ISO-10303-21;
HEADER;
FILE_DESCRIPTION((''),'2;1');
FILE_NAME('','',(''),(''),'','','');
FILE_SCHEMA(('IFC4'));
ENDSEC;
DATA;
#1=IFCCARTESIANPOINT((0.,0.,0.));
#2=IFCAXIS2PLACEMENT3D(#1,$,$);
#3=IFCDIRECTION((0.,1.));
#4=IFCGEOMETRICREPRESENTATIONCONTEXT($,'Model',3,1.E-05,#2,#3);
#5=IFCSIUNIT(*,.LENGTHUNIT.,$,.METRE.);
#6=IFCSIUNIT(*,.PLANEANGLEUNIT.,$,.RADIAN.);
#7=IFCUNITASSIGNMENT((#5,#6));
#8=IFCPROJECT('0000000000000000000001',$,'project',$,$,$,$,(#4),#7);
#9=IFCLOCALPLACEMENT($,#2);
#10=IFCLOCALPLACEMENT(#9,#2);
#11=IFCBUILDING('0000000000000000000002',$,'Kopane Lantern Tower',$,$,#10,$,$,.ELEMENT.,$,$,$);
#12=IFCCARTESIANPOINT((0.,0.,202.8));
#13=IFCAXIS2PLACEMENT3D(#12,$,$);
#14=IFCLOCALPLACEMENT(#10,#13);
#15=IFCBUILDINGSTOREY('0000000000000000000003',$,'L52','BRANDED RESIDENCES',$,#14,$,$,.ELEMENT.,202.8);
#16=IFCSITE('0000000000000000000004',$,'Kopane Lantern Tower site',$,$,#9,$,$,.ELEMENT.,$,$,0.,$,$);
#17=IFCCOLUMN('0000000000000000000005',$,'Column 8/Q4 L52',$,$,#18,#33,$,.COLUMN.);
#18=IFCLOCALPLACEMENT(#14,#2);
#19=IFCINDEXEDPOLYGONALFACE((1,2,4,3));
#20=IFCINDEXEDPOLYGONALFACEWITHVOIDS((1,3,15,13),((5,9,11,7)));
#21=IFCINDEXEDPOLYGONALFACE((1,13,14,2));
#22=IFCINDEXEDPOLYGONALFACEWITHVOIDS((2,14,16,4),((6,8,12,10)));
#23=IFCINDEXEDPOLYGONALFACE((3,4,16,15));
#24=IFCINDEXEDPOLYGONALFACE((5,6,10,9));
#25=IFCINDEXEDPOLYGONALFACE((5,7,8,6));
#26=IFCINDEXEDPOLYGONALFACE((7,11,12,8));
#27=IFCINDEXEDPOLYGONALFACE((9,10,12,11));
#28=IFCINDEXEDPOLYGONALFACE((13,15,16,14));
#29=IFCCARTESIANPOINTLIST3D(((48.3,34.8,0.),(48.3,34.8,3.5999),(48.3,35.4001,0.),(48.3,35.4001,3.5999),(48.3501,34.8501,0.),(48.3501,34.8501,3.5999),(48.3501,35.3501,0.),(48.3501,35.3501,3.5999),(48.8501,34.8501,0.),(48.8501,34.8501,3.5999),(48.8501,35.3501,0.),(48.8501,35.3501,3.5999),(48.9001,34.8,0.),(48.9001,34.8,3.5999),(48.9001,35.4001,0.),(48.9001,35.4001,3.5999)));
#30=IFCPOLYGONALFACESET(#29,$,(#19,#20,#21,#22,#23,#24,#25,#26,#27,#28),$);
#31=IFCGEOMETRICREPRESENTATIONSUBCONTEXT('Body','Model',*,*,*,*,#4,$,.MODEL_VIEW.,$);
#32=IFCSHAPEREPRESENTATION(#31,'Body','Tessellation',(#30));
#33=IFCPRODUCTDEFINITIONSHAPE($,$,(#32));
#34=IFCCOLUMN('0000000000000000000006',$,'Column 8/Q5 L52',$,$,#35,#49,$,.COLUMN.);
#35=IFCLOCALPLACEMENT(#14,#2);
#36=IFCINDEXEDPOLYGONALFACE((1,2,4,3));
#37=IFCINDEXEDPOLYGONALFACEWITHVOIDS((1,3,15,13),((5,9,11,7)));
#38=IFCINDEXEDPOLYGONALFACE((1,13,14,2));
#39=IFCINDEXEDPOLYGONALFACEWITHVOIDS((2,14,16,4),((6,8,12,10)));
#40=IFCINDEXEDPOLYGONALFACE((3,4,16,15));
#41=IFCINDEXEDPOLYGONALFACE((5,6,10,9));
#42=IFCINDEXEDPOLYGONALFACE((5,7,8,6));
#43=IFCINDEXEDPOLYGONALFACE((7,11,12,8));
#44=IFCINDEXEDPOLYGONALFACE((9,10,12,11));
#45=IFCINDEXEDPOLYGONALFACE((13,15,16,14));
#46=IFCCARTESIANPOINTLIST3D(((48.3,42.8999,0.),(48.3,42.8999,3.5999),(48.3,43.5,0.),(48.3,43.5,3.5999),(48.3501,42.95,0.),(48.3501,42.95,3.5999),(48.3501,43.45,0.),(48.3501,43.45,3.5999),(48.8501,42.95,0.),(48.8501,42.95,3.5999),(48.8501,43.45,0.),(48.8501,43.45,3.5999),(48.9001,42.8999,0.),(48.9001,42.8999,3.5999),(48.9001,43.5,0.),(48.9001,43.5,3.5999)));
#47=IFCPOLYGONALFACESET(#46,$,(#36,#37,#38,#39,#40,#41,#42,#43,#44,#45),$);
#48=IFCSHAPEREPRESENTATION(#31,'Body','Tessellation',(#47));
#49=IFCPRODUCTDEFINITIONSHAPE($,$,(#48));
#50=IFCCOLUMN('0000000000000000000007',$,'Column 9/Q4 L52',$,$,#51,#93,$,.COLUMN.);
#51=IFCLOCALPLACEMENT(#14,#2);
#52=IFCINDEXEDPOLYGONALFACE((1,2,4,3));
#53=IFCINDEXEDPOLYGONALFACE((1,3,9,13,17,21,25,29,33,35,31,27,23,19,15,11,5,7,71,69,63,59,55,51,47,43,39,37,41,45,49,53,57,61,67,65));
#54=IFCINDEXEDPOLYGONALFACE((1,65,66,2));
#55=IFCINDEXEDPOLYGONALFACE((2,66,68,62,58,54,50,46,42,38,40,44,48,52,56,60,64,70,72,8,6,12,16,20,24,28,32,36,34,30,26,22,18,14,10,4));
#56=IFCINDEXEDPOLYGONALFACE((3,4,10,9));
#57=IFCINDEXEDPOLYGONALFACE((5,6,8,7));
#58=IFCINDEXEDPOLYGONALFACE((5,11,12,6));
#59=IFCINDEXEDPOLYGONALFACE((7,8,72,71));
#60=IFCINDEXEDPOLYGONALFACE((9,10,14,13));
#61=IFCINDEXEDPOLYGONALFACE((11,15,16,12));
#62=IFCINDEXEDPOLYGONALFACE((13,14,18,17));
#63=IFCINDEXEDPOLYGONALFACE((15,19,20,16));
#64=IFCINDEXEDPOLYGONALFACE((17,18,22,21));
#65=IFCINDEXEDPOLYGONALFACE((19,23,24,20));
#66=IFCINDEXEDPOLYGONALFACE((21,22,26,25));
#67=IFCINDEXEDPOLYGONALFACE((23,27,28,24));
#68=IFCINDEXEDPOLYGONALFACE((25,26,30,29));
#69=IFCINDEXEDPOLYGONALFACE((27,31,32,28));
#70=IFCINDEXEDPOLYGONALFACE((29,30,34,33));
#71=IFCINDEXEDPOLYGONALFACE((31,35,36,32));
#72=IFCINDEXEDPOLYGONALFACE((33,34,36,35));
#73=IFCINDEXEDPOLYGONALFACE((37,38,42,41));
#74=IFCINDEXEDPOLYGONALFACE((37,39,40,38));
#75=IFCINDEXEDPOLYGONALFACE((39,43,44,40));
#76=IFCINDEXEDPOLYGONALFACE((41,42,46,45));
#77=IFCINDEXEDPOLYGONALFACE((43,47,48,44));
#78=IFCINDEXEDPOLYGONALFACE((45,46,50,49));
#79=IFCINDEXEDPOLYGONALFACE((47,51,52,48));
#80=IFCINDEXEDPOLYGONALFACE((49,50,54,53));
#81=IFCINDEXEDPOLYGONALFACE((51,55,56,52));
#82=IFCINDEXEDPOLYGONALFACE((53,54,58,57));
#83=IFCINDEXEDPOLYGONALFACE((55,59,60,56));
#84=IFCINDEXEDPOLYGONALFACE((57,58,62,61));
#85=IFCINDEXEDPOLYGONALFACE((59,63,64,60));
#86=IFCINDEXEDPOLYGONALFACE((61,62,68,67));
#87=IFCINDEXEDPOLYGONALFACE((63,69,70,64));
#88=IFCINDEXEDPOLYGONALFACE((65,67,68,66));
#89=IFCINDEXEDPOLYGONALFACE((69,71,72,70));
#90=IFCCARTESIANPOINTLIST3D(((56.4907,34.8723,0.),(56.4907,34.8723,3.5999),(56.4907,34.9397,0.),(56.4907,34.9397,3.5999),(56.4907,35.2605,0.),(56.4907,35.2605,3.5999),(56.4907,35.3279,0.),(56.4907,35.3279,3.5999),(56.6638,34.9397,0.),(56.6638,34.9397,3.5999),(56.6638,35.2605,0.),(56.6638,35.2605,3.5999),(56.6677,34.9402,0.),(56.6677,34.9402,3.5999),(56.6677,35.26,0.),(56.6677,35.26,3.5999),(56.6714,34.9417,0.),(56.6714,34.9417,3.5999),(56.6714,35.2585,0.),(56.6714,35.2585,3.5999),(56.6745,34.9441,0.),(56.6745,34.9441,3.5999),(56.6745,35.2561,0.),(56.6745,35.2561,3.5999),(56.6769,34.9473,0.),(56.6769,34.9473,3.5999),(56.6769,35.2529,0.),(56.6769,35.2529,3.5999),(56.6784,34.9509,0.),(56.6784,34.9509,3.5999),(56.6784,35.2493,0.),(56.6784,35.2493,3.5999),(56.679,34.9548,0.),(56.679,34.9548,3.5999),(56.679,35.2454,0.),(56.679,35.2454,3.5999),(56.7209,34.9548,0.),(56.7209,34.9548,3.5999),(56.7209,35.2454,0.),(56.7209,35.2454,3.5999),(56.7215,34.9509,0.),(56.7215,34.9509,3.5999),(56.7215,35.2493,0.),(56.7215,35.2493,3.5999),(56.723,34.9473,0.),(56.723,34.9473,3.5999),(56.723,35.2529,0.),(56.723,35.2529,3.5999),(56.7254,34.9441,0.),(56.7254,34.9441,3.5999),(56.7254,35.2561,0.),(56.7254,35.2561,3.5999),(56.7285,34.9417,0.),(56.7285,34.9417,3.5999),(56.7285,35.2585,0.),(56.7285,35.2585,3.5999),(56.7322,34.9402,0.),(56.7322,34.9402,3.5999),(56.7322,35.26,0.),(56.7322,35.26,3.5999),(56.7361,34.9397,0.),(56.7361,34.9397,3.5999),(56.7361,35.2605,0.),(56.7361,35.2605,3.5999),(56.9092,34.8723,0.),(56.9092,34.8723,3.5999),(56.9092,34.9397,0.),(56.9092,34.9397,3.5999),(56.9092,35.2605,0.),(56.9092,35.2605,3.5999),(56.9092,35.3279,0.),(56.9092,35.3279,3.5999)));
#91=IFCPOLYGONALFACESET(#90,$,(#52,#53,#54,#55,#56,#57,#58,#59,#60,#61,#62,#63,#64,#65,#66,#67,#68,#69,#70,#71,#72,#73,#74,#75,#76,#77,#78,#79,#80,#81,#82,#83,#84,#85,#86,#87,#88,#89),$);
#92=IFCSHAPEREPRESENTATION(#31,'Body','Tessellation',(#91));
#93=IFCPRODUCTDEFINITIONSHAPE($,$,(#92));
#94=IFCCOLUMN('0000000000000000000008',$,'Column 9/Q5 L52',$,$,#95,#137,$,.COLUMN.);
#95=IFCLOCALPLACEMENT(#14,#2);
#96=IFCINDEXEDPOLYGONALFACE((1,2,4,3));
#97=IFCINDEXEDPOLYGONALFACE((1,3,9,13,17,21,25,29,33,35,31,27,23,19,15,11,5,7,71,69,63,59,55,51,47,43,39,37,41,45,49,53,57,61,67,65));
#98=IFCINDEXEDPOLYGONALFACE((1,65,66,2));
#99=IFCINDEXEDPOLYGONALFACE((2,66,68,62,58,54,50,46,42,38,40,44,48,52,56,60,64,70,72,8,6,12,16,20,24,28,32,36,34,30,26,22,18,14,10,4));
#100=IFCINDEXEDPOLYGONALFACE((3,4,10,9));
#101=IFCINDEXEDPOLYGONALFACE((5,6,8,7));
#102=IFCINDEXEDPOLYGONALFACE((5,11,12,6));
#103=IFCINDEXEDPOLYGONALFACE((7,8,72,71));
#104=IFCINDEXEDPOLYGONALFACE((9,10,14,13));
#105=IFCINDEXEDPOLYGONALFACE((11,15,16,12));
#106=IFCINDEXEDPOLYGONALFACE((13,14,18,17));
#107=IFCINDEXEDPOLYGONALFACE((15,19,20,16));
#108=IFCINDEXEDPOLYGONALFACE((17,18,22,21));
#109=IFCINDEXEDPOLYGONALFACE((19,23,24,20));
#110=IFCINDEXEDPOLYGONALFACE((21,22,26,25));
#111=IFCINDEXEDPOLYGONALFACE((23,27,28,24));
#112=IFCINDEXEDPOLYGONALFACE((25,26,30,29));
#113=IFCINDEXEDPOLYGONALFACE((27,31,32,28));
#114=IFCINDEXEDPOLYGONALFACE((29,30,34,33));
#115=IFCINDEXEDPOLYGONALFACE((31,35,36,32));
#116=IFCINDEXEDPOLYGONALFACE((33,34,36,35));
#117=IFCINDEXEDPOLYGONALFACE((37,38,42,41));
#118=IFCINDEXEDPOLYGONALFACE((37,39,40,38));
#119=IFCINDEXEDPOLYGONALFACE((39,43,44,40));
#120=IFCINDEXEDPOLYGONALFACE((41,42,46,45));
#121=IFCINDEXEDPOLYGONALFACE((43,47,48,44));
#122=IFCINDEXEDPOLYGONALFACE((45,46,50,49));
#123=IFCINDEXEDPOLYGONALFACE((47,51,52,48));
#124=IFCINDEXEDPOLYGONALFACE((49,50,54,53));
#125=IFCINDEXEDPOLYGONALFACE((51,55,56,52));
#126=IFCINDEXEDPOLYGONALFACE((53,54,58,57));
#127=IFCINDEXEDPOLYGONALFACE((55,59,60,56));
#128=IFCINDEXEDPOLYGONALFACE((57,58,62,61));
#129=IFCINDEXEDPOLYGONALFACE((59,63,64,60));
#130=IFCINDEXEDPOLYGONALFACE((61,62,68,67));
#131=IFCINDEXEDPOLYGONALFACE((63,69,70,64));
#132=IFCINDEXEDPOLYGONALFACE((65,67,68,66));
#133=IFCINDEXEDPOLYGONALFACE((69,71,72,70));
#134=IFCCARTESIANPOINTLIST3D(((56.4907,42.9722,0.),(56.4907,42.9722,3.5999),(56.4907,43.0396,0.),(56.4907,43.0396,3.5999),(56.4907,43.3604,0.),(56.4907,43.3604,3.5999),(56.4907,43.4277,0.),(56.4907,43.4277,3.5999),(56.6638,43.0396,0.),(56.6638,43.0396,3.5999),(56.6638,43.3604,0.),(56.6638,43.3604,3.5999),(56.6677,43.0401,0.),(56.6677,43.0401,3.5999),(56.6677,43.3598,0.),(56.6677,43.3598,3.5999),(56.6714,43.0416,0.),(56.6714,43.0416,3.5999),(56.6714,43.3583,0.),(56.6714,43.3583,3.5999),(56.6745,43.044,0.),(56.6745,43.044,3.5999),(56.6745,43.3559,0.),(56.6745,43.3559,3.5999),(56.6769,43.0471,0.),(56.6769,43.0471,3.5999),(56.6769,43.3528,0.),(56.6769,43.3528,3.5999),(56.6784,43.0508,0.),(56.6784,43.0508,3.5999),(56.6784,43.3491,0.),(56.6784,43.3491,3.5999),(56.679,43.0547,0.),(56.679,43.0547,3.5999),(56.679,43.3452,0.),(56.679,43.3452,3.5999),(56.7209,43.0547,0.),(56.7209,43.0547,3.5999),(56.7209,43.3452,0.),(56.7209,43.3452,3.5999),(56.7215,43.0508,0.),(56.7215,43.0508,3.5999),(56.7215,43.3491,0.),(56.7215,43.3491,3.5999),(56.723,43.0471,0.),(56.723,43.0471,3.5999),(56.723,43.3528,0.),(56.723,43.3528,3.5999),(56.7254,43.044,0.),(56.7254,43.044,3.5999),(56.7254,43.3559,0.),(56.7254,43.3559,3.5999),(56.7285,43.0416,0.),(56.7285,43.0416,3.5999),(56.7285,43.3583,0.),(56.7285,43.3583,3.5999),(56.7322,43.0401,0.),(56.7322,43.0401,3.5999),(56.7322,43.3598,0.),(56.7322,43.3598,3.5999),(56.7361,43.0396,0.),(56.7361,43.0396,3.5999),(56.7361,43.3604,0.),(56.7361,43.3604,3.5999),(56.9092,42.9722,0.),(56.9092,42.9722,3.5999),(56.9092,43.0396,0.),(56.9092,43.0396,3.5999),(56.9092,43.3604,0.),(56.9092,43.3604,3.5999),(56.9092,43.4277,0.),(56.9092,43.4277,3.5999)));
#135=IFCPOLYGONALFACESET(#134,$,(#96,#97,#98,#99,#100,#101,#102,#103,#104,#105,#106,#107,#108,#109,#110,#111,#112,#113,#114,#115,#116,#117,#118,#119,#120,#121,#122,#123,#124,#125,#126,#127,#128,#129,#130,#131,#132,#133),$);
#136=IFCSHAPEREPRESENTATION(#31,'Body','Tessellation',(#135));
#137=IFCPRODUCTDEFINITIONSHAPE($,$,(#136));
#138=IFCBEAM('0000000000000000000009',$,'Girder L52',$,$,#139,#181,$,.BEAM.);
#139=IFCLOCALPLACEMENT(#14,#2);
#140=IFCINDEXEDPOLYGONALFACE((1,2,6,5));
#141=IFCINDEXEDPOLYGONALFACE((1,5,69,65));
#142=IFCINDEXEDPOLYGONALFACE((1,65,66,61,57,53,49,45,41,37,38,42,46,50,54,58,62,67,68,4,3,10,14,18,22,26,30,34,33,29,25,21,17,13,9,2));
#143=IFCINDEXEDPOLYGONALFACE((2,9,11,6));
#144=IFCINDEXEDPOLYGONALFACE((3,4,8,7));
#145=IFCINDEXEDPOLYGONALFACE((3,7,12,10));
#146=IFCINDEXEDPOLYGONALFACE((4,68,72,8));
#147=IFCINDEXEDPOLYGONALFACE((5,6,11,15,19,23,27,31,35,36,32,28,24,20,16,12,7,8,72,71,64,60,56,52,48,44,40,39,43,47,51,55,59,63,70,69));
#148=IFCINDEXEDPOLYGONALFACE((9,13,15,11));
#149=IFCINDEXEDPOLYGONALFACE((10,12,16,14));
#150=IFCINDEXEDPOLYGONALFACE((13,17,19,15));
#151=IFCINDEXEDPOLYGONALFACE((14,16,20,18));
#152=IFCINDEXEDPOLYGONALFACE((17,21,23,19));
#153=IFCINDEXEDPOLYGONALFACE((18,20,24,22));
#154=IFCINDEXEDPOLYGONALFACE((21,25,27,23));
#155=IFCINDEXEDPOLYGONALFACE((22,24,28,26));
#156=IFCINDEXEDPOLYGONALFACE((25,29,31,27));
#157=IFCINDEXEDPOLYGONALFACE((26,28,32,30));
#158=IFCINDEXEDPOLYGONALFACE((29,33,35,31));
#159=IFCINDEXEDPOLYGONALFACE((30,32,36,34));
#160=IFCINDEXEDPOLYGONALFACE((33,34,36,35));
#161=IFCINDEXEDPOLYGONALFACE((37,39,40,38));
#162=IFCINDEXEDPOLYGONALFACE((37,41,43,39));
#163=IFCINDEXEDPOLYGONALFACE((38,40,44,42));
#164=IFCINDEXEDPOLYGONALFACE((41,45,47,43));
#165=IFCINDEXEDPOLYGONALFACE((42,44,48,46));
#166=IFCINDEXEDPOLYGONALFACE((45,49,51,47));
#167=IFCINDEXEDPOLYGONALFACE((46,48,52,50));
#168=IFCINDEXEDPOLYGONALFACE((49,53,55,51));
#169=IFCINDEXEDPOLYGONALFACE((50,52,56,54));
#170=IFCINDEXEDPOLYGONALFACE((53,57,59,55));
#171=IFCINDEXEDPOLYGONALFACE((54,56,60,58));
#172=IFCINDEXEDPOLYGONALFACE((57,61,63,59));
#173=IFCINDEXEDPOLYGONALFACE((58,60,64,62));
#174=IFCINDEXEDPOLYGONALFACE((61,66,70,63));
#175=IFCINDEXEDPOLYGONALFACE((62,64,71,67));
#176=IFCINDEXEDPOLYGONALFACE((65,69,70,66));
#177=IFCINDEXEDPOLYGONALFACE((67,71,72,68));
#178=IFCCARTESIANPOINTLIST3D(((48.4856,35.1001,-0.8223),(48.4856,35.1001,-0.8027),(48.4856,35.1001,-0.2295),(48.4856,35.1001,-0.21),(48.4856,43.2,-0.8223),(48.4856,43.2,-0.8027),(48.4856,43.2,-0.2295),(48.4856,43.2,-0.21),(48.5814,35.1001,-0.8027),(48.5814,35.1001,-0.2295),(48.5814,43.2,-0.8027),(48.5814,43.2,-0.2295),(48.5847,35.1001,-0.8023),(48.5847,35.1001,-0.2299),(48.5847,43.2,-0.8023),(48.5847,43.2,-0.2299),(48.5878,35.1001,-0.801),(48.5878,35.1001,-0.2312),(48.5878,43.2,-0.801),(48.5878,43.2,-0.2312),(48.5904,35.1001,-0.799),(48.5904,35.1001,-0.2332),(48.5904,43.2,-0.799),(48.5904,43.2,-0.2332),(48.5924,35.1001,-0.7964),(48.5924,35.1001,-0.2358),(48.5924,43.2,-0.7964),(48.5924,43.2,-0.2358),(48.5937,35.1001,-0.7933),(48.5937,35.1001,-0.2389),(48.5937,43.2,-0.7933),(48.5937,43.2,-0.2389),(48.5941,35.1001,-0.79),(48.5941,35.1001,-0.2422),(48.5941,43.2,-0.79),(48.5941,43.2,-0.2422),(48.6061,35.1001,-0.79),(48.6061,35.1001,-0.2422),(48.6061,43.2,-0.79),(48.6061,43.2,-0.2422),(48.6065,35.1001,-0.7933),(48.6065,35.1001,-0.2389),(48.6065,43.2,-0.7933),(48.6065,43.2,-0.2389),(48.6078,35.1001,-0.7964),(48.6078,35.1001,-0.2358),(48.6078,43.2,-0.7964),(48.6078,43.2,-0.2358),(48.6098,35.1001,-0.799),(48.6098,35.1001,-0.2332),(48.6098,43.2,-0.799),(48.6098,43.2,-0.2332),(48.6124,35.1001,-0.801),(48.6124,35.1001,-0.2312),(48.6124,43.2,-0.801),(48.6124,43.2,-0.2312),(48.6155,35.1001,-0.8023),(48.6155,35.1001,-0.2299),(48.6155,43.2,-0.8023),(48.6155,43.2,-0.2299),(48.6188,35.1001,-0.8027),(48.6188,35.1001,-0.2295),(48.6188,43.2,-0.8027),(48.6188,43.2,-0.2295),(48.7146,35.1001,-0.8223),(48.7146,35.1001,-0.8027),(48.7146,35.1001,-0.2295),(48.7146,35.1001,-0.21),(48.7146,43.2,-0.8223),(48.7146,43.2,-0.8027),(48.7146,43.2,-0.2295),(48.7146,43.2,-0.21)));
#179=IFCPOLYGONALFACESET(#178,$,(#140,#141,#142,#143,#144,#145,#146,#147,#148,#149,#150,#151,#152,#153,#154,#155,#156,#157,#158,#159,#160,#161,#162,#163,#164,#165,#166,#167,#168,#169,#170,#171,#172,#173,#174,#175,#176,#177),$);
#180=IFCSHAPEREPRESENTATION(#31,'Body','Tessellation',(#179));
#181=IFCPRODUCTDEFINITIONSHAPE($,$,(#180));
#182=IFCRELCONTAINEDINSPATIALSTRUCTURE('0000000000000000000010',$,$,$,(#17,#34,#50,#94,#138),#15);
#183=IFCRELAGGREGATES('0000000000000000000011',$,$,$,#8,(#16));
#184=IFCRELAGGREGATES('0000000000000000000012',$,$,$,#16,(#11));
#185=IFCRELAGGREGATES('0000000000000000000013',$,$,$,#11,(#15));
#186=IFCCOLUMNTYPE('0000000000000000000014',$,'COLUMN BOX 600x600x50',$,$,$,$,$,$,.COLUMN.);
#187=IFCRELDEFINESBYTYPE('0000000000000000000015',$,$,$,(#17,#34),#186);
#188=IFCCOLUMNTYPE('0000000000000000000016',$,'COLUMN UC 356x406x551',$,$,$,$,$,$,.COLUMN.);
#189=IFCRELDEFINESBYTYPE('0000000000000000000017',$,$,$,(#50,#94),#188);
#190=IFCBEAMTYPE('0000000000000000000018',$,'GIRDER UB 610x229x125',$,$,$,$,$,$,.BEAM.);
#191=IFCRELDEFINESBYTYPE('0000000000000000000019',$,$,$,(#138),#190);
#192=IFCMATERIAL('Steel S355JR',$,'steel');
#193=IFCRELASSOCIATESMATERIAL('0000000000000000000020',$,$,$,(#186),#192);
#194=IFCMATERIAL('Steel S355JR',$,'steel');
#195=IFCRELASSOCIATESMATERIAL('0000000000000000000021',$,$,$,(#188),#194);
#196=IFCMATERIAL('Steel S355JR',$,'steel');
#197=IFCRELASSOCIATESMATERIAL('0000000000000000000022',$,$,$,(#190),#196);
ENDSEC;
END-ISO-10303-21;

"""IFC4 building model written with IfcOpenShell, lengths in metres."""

from ifc_helpers import new_model, si_unit, direction, frame, origin, origin_2d, place, context, subcontext, project, spatial, hollow_rectangle, i_section, extrude, material, material_profile, profile_set, type_object, element, save


model = new_model("IFC4")

# Units and contexts
model_context = context("Model", 3, precision=1e-05, world=origin(), true_north=direction((0.0, 1.0)))
body_context = subcontext(model_context, "Body", "Model", "MODEL_VIEW")
ifc_project = project(units=[si_unit("LENGTHUNIT", "METRE"), si_unit("PLANEANGLEUNIT", "RADIAN")], contexts=[model_context])

# Site, building, storey
site_placement = place(None, origin())
site = spatial("IfcSite", under=ifc_project, at=site_placement, Name="Kopane Lantern Tower site", CompositionType="ELEMENT", RefElevation=0.0)
building_placement = place(site_placement, origin())
building = spatial("IfcBuilding", under=site, at=building_placement, Name="Kopane Lantern Tower", CompositionType="ELEMENT")
storey_placement = place(building_placement, frame((0.0, 0.0, 202.8)))
storey = spatial("IfcBuildingStorey", under=building, at=storey_placement, Name="L52", Description="BRANDED RESIDENCES", CompositionType="ELEMENT", Elevation=202.8)

# Columns
ifc_material_1 = material(Name="Steel S355JR", Category="steel")
ifc_material_profile_1 = material_profile(ifc_material_1, hollow_rectangle(XDim=0.6001, YDim=0.6001, WallThickness=0.05, at=origin_2d()), Name="BOX 600x600x50")
ifc_profile_set_1 = profile_set([ifc_material_profile_1], Name="Steel S355JR")
column_type_1 = type_object("IfcColumnType", Name="COLUMN BOX 600x600x50", PredefinedType="COLUMN", material=ifc_profile_set_1)
for number, where, z_axis, x_axis, name in (
    (1, (48.6001, 35.1001, 0.0), (0.0, 0.0, 1.0), (1.0, 0.0, 0.0), "Column 8/Q4 L52"),
    (2, (48.6001, 43.2, 0.0), (0.0, 0.0, 1.0), (1.0, 0.0, 0.0), "Column 8/Q5 L52"),
):
    element("IfcColumn", number, at=place(storey_placement, frame(where, z_axis=z_axis, x_axis=x_axis)), inside=storey, type_object=column_type_1, Name=name, PredefinedType="COLUMN", context=body_context, shape_type="SweptSolid", body=[
        extrude(hollow_rectangle(XDim=0.6001, YDim=0.6001, WallThickness=0.05, at=origin_2d()), origin(), (0.0, 0.0, 1.0), 3.5999),
    ])
ifc_material_2 = material(Name="Steel S355JR", Category="steel")
ifc_material_profile_2 = material_profile(ifc_material_2, i_section(OverallWidth=0.4185, OverallDepth=0.4556, WebThickness=0.042, FlangeThickness=0.0674, FilletRadius=0.0151, at=origin_2d()), Name="UC 356x406x551")
ifc_profile_set_2 = profile_set([ifc_material_profile_2], Name="Steel S355JR")
column_type_2 = type_object("IfcColumnType", Name="COLUMN UC 356x406x551", PredefinedType="COLUMN", material=ifc_profile_set_2)
for number, where, z_axis, x_axis, name in (
    (3, (56.7, 35.1001, 0.0), (0.0, 0.0, 1.0), (1.0, 0.0, 0.0), "Column 9/Q4 L52"),
    (4, (56.7, 43.2, 0.0), (0.0, 0.0, 1.0), (1.0, 0.0, 0.0), "Column 9/Q5 L52"),
):
    element("IfcColumn", number, at=place(storey_placement, frame(where, z_axis=z_axis, x_axis=x_axis)), inside=storey, type_object=column_type_2, Name=name, PredefinedType="COLUMN", context=body_context, shape_type="SweptSolid", body=[
        extrude(i_section(OverallWidth=0.4185, OverallDepth=0.4556, WebThickness=0.042, FlangeThickness=0.0674, FilletRadius=0.0151, at=origin_2d()), origin(), (0.0, 0.0, 1.0), 3.5999),
    ])

# Beam
ifc_material_3 = material(Name="Steel S355JR", Category="steel")
ifc_material_profile_3 = material_profile(ifc_material_3, i_section(OverallWidth=0.229, OverallDepth=0.6123, WebThickness=0.012, FlangeThickness=0.0195, FilletRadius=0.0127, at=origin_2d()), Name="UB 610x229x125")
ifc_profile_set_3 = profile_set([ifc_material_profile_3], Name="Steel S355JR")
beam_type = type_object("IfcBeamType", Name="GIRDER UB 610x229x125", PredefinedType="BEAM", material=ifc_profile_set_3)
for number, where, z_axis, x_axis, name in (
    (5, (48.6001, 35.1001, -0.5161), (0.0, 1.0, 0.0), (-1.0, 0.0, 0.0), "Girder L52"),
):
    element("IfcBeam", number, at=place(storey_placement, frame(where, z_axis=z_axis, x_axis=x_axis)), inside=storey, type_object=beam_type, Name=name, PredefinedType="BEAM", context=body_context, shape_type="SweptSolid", body=[
        extrude(i_section(OverallWidth=0.229, OverallDepth=0.6123, WebThickness=0.012, FlangeThickness=0.0195, FilletRadius=0.0127, at=origin_2d()), origin(), (0.0, 0.0, 1.0), 8.0999),
    ])

save(model, "model.ifc")
